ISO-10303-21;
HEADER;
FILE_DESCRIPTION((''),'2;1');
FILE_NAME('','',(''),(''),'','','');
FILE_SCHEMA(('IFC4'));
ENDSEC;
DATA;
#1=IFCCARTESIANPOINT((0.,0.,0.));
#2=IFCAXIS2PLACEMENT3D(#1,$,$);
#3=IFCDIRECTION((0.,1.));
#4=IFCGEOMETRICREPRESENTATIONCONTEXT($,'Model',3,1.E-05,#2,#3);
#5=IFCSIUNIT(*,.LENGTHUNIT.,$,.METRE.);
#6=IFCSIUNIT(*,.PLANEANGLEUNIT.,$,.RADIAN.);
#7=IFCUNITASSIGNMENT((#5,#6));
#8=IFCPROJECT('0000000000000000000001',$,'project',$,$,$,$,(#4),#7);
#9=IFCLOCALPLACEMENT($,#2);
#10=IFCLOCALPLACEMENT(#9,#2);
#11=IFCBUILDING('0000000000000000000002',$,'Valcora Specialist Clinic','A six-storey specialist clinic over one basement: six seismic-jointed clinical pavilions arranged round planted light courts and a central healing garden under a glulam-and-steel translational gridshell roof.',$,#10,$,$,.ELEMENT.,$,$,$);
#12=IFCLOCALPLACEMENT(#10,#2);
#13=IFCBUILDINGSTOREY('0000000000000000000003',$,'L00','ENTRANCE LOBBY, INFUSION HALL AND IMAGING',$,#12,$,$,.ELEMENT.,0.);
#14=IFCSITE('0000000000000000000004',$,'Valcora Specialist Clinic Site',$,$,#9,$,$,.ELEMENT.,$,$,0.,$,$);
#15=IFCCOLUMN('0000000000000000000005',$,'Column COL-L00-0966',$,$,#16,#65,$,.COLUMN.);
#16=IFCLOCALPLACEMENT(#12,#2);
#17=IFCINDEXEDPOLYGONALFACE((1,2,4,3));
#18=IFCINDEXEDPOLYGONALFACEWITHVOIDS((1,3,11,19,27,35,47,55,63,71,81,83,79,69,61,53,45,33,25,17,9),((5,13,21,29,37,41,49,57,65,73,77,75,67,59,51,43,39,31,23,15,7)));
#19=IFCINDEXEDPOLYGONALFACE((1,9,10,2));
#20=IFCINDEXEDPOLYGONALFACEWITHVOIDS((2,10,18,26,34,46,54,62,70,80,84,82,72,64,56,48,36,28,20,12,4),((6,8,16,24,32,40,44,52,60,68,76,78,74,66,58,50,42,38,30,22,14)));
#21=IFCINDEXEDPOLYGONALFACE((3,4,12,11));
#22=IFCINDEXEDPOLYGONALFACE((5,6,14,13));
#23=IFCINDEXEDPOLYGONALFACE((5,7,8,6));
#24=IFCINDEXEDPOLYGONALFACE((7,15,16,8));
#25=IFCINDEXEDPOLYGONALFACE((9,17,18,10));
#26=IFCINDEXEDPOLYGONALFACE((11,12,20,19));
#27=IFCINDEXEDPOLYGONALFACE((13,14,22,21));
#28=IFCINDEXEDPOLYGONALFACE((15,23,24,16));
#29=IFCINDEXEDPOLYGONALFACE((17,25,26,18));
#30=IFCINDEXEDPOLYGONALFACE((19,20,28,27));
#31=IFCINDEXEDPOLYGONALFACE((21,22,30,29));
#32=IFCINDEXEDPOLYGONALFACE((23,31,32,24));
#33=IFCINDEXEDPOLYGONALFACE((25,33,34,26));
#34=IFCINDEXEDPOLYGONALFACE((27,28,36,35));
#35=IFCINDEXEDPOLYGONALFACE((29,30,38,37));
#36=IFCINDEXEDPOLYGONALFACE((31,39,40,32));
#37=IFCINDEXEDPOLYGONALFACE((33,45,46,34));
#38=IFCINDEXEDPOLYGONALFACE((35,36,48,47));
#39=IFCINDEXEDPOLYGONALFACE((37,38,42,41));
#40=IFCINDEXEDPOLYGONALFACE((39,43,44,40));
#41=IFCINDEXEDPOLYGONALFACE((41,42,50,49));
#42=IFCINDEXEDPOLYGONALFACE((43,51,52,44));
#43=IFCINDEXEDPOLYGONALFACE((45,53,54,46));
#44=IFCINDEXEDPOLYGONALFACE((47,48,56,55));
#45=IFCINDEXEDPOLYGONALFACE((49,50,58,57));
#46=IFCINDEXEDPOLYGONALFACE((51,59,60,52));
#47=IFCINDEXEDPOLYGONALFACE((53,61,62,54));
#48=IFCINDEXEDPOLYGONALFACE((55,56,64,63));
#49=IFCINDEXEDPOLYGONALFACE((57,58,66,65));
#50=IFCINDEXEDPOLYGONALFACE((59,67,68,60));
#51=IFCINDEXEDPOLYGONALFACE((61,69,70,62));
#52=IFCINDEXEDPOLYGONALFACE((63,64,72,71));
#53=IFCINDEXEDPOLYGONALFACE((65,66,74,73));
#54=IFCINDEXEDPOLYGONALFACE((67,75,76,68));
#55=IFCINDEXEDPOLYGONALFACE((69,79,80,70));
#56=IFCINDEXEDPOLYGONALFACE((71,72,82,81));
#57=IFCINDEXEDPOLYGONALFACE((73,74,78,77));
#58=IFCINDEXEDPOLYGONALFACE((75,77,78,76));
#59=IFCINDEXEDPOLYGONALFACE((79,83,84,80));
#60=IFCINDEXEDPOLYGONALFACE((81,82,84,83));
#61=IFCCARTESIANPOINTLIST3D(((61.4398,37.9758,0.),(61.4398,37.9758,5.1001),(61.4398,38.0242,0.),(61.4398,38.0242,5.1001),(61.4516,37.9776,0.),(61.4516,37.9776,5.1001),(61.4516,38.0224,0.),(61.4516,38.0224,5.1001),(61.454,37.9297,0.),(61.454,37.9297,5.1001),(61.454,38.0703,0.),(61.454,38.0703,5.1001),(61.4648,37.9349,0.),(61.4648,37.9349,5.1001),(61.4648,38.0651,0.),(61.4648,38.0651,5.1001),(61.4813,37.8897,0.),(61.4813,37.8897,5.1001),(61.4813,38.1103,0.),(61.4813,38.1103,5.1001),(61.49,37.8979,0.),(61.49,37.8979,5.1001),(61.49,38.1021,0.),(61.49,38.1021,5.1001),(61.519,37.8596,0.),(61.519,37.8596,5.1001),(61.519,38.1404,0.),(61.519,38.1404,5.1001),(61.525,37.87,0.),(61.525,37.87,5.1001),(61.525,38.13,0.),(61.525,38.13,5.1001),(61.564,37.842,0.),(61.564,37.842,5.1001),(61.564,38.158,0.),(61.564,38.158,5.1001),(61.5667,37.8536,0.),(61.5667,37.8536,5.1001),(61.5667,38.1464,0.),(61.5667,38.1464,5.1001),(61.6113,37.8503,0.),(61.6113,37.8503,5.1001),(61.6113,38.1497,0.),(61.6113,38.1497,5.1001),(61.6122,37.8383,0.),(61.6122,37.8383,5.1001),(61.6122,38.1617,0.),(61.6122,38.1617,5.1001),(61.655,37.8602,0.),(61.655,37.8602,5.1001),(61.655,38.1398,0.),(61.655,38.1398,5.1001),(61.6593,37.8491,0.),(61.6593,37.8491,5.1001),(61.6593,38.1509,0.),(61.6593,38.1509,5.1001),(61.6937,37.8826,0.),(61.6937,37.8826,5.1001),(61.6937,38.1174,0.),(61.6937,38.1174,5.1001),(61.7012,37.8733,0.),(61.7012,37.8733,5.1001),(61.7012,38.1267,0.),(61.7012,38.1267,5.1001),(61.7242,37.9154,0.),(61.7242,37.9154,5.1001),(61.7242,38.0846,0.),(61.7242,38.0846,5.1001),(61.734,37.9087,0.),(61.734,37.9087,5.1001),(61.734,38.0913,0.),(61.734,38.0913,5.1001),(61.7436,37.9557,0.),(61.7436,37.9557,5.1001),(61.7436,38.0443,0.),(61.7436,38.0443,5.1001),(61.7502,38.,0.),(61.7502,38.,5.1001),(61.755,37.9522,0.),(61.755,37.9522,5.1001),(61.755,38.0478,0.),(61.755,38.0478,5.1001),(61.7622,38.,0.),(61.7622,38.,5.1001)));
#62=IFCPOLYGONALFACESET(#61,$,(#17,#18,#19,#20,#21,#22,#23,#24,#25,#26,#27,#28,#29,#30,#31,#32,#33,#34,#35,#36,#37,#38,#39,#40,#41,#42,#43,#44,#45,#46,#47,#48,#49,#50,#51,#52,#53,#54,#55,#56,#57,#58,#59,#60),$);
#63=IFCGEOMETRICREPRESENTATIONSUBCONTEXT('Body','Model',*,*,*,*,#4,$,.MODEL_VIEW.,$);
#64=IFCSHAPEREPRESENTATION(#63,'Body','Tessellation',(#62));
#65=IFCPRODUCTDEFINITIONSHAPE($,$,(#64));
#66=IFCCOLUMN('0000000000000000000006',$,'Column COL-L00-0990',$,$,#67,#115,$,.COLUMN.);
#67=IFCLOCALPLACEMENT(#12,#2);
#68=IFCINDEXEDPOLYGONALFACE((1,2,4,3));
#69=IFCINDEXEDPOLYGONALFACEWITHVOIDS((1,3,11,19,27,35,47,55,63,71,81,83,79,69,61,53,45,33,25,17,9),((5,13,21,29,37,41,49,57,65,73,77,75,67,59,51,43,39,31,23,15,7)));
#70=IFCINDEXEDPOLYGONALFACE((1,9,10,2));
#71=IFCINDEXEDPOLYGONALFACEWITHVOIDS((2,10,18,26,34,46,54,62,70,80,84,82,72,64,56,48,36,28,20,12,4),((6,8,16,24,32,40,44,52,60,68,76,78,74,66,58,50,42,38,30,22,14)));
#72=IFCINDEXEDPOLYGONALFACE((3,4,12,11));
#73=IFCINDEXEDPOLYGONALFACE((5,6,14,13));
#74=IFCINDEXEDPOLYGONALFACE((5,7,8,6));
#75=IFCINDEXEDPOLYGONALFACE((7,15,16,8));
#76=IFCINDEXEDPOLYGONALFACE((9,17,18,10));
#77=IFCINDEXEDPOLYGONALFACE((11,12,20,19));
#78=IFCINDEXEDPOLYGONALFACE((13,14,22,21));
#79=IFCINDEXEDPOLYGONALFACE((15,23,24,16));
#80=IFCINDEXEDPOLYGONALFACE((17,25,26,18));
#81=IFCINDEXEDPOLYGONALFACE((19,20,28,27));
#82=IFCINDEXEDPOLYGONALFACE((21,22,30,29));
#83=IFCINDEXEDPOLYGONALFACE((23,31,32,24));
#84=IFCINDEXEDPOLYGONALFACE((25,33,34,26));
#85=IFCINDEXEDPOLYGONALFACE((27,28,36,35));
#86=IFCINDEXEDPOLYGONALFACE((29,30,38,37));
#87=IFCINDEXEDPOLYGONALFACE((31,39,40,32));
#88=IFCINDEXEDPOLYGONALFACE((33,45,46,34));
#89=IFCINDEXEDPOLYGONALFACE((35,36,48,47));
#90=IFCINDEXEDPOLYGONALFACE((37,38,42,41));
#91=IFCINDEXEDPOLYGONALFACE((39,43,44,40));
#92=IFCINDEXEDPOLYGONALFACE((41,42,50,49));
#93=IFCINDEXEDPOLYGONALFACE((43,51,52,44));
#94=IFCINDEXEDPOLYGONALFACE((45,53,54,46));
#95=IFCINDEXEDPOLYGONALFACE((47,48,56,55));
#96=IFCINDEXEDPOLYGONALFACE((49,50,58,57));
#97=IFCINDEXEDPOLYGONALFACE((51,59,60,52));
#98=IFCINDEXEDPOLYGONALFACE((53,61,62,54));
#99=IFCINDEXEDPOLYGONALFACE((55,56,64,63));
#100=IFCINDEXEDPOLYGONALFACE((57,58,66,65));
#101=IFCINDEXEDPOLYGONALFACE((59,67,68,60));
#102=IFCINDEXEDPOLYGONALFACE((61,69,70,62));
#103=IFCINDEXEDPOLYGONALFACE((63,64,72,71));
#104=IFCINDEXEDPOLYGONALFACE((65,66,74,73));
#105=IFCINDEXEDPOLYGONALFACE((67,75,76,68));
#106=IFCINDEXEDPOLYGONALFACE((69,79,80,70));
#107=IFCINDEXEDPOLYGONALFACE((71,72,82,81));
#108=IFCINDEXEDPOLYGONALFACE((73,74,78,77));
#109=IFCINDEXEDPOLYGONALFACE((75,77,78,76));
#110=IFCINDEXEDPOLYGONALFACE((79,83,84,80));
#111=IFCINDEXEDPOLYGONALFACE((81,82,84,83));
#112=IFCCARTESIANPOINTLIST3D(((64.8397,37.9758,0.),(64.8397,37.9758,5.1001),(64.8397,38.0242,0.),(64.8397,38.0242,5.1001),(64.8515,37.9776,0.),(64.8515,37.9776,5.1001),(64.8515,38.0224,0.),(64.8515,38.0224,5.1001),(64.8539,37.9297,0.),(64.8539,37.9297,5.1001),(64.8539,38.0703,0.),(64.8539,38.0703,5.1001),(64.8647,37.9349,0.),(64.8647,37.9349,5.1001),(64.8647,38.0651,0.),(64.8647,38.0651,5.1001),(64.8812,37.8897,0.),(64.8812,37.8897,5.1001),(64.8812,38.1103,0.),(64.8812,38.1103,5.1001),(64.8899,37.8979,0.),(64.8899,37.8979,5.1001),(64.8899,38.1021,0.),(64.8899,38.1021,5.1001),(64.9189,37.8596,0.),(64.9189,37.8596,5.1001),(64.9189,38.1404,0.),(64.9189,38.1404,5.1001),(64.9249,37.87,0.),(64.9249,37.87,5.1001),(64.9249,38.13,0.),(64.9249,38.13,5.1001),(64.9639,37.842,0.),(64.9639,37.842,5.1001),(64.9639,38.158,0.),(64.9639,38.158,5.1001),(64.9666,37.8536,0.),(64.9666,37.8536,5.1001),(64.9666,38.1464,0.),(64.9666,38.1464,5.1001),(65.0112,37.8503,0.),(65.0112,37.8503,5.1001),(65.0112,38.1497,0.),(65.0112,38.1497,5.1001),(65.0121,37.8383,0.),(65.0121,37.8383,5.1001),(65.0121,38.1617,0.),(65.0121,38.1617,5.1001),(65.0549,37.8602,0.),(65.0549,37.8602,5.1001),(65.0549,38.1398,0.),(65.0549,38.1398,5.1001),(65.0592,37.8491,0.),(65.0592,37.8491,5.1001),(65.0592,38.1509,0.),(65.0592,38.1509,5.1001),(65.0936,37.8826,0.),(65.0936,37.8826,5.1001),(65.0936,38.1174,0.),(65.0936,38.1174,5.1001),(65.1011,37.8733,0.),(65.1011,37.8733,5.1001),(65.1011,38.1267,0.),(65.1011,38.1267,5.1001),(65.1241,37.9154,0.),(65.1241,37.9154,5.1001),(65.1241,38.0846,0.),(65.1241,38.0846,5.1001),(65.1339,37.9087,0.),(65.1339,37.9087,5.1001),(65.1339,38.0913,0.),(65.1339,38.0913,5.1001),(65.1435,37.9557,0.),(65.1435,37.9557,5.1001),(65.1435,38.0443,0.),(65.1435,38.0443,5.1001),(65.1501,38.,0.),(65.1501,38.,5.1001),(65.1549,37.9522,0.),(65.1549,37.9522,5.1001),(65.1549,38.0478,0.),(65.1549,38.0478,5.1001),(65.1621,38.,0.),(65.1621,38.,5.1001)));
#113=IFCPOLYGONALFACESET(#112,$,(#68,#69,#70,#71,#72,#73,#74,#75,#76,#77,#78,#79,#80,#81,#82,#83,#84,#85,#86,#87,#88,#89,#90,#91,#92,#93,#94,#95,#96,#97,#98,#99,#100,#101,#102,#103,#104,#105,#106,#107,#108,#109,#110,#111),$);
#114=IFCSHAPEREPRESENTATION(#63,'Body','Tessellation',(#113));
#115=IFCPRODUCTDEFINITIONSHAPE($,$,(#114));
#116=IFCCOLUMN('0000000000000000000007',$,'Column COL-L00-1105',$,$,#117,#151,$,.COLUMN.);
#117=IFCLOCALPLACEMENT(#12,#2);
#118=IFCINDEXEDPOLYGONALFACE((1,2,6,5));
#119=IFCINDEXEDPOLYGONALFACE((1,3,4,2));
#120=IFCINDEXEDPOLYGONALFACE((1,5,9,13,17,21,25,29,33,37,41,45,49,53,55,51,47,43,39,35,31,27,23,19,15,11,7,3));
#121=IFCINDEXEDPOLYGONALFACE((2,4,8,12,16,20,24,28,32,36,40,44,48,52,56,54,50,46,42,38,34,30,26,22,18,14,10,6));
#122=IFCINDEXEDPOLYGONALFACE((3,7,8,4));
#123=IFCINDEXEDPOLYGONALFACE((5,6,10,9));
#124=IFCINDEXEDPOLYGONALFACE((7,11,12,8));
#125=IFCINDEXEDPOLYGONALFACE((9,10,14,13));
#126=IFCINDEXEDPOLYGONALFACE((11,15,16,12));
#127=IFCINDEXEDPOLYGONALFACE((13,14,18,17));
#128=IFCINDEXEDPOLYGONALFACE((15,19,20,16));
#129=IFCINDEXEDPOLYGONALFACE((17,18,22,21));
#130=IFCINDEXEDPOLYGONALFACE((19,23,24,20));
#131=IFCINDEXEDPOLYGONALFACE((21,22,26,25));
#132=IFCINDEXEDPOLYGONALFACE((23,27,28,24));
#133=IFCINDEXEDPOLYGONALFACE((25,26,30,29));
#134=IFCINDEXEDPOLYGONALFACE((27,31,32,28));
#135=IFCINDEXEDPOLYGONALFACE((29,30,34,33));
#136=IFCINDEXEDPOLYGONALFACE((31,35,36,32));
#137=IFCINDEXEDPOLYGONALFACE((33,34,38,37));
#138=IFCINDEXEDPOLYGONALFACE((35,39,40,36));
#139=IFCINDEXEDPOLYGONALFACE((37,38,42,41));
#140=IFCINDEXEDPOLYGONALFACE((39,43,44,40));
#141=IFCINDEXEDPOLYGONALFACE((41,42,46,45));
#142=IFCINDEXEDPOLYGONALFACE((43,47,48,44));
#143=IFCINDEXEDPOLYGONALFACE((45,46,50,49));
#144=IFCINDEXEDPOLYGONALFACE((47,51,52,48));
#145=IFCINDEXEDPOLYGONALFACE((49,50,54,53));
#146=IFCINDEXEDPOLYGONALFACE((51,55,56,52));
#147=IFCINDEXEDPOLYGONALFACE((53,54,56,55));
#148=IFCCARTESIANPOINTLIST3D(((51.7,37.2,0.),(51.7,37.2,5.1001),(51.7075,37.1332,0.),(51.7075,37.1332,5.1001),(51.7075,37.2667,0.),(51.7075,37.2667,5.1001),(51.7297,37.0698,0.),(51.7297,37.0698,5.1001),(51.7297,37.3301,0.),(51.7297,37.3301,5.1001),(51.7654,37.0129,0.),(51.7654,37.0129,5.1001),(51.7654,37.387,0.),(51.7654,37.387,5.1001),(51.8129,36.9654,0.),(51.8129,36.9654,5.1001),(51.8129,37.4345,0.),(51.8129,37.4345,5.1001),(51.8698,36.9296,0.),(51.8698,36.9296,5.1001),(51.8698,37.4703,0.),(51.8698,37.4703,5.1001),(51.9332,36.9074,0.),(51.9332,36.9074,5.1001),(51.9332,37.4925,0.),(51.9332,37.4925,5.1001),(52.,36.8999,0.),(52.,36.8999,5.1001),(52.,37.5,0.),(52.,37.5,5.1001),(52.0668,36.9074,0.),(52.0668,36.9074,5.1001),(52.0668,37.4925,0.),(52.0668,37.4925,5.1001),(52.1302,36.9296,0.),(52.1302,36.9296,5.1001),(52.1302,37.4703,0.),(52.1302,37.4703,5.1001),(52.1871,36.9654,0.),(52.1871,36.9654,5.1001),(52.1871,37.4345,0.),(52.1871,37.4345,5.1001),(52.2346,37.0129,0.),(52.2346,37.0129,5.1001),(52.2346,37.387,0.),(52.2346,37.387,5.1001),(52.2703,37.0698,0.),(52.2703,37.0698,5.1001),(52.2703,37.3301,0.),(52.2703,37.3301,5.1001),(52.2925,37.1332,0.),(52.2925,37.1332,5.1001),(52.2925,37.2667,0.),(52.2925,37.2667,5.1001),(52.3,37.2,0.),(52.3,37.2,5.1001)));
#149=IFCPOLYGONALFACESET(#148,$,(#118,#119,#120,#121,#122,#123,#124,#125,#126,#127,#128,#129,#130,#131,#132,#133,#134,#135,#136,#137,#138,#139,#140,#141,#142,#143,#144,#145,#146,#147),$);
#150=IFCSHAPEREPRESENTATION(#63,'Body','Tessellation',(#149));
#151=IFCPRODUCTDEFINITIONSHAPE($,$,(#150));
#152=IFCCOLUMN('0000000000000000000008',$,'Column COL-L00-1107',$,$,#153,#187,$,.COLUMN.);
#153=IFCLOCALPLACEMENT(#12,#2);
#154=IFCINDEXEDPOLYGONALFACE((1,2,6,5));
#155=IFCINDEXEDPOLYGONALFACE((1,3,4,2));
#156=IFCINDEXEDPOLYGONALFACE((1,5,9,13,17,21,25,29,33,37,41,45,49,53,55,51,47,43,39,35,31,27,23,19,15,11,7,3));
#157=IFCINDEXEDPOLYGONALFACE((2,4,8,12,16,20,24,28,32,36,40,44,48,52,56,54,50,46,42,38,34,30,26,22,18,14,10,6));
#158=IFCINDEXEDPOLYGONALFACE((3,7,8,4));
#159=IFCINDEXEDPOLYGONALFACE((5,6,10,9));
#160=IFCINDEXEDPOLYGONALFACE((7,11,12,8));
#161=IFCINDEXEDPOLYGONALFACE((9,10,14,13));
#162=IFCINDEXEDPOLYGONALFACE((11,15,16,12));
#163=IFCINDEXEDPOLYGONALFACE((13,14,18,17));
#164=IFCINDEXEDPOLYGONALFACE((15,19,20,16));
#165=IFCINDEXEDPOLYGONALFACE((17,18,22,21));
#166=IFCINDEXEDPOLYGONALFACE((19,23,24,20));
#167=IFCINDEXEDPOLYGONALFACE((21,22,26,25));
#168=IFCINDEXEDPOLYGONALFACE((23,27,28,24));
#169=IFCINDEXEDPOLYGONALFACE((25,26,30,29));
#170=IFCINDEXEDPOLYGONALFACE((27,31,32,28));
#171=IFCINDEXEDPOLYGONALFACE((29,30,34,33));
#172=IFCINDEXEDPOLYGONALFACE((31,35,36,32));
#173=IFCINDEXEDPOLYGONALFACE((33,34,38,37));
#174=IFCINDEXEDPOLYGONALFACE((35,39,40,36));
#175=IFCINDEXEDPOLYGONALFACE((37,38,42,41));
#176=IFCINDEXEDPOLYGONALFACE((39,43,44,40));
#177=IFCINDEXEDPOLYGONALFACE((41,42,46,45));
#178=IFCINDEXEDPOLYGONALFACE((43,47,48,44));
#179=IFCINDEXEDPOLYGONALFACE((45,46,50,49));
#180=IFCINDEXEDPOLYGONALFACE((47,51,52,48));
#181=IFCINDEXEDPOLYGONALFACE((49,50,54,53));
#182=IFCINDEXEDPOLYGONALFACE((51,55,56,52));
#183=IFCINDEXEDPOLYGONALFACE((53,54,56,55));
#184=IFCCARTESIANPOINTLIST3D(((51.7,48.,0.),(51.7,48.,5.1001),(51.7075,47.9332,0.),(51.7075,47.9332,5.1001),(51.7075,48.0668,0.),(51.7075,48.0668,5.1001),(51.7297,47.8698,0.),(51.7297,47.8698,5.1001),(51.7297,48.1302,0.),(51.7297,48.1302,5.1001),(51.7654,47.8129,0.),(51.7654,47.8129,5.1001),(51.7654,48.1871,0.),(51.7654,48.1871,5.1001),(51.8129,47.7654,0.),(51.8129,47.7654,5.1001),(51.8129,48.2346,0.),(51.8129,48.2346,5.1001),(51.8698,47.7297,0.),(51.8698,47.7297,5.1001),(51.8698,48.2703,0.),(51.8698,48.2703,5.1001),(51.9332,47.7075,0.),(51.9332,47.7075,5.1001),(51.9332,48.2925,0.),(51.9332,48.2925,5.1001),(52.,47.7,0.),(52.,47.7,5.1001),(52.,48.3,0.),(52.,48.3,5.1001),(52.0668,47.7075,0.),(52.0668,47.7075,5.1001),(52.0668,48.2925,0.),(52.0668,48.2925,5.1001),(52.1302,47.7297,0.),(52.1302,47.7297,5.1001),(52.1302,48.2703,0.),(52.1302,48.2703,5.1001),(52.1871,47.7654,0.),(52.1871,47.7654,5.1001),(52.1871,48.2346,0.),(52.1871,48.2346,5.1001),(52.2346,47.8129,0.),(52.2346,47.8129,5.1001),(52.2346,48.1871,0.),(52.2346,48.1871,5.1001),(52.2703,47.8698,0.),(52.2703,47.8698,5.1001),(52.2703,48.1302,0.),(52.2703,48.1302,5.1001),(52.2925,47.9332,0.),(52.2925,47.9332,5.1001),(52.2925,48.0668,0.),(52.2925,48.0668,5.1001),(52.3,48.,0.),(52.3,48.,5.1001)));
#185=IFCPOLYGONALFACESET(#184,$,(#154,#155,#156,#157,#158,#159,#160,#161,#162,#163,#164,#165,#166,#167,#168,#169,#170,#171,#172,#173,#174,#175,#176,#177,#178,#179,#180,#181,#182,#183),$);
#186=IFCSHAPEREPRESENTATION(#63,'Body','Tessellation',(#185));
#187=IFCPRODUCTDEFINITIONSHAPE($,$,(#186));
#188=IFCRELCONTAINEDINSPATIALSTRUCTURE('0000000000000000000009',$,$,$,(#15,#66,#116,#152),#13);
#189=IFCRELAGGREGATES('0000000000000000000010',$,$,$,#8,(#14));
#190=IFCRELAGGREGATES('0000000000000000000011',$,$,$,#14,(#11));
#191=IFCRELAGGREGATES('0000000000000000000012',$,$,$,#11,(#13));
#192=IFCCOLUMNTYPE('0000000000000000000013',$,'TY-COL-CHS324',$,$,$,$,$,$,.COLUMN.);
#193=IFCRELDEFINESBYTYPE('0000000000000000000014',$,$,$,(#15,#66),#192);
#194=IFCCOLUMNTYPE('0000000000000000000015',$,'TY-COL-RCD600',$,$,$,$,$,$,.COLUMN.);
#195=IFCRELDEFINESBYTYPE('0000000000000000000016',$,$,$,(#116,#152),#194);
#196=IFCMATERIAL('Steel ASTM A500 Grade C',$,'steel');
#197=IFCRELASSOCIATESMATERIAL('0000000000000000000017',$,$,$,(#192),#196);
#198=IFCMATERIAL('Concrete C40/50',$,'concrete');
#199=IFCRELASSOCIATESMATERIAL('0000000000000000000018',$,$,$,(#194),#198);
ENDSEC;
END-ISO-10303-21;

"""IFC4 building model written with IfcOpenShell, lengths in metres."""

from ifc_helpers import new_model, si_unit, direction, frame, origin, origin_2d, place, context, subcontext, project, spatial, circle, hollow_circle, extrude, material, material_profile, profile_set, type_object, element, save


model = new_model("IFC4")

# Units and contexts
model_context = context("Model", 3, precision=1e-05, world=origin(), true_north=direction((0.0, 1.0)))
body_context = subcontext(model_context, "Body", "Model", "MODEL_VIEW")
ifc_project = project(units=[si_unit("LENGTHUNIT", "METRE"), si_unit("PLANEANGLEUNIT", "RADIAN")], contexts=[model_context])

# Site, building, storey
site_placement = place(None, origin())
site = spatial("IfcSite", under=ifc_project, at=site_placement, Name="Valcora Specialist Clinic Site", CompositionType="ELEMENT", RefElevation=0.0)
building_placement = place(site_placement, origin())
building = spatial("IfcBuilding", under=site, at=building_placement, Name="Valcora Specialist Clinic", Description="A six-storey specialist clinic over one basement: six seismic-jointed clinical pavilions arranged round planted light courts and a central healing garden under a glulam-and-steel translational gridshell roof.", CompositionType="ELEMENT")
storey_placement = place(building_placement, origin())
storey = spatial("IfcBuildingStorey", under=building, at=storey_placement, Name="L00", Description="ENTRANCE LOBBY, INFUSION HALL AND IMAGING", CompositionType="ELEMENT", Elevation=0.0)

# Columns
ifc_material_1 = material(Name="Steel ASTM A500 Grade C", Category="steel")
ifc_material_profile_1 = material_profile(ifc_material_1, hollow_circle(Radius=0.1621, WallThickness=0.012, at=origin_2d()), Name="ST-CHS-324X12")
ifc_profile_set_1 = profile_set([ifc_material_profile_1], Name="Steel ASTM A500 Grade C")
column_type_1 = type_object("IfcColumnType", Name="TY-COL-CHS324", PredefinedType="COLUMN", material=ifc_profile_set_1)
for number, where, z_axis, x_axis, name in (
    (1, (61.6001, 38.0, 0.0), (0.0, 0.0, 1.0), (1.0, 0.0, 0.0), "Column COL-L00-0966"),
    (2, (65.0, 38.0, 0.0), (0.0, 0.0, 1.0), (1.0, 0.0, 0.0), "Column COL-L00-0990"),
):
    element("IfcColumn", number, at=place(storey_placement, frame(where, z_axis=z_axis, x_axis=x_axis)), inside=storey, type_object=column_type_1, Name=name, PredefinedType="COLUMN", context=body_context, shape_type="SweptSolid", body=[
        extrude(hollow_circle(Radius=0.1621, WallThickness=0.012, at=origin_2d()), origin(), (0.0, 0.0, 1.0), 5.1001),
    ])
ifc_material_2 = material(Name="Concrete C40/50", Category="concrete")
ifc_material_profile_2 = material_profile(ifc_material_2, circle(Radius=0.3, at=origin_2d()), Name="RC-COL-D600")
ifc_profile_set_2 = profile_set([ifc_material_profile_2], Name="Concrete C40/50")
column_type_2 = type_object("IfcColumnType", Name="TY-COL-RCD600", PredefinedType="COLUMN", material=ifc_profile_set_2)
for number, where, z_axis, x_axis, name in (
    (3, (52.0, 37.2, 0.0), (0.0, 0.0, 1.0), (1.0, 0.0, 0.0), "Column COL-L00-1105"),
    (4, (52.0, 48.0, 0.0), (0.0, 0.0, 1.0), (1.0, 0.0, 0.0), "Column COL-L00-1107"),
):
    element("IfcColumn", number, at=place(storey_placement, frame(where, z_axis=z_axis, x_axis=x_axis)), inside=storey, type_object=column_type_2, Name=name, PredefinedType="COLUMN", context=body_context, shape_type="SweptSolid", body=[
        extrude(circle(Radius=0.3, at=origin_2d()), origin(), (0.0, 0.0, 1.0), 5.1001),
    ])

save(model, "model.ifc")
